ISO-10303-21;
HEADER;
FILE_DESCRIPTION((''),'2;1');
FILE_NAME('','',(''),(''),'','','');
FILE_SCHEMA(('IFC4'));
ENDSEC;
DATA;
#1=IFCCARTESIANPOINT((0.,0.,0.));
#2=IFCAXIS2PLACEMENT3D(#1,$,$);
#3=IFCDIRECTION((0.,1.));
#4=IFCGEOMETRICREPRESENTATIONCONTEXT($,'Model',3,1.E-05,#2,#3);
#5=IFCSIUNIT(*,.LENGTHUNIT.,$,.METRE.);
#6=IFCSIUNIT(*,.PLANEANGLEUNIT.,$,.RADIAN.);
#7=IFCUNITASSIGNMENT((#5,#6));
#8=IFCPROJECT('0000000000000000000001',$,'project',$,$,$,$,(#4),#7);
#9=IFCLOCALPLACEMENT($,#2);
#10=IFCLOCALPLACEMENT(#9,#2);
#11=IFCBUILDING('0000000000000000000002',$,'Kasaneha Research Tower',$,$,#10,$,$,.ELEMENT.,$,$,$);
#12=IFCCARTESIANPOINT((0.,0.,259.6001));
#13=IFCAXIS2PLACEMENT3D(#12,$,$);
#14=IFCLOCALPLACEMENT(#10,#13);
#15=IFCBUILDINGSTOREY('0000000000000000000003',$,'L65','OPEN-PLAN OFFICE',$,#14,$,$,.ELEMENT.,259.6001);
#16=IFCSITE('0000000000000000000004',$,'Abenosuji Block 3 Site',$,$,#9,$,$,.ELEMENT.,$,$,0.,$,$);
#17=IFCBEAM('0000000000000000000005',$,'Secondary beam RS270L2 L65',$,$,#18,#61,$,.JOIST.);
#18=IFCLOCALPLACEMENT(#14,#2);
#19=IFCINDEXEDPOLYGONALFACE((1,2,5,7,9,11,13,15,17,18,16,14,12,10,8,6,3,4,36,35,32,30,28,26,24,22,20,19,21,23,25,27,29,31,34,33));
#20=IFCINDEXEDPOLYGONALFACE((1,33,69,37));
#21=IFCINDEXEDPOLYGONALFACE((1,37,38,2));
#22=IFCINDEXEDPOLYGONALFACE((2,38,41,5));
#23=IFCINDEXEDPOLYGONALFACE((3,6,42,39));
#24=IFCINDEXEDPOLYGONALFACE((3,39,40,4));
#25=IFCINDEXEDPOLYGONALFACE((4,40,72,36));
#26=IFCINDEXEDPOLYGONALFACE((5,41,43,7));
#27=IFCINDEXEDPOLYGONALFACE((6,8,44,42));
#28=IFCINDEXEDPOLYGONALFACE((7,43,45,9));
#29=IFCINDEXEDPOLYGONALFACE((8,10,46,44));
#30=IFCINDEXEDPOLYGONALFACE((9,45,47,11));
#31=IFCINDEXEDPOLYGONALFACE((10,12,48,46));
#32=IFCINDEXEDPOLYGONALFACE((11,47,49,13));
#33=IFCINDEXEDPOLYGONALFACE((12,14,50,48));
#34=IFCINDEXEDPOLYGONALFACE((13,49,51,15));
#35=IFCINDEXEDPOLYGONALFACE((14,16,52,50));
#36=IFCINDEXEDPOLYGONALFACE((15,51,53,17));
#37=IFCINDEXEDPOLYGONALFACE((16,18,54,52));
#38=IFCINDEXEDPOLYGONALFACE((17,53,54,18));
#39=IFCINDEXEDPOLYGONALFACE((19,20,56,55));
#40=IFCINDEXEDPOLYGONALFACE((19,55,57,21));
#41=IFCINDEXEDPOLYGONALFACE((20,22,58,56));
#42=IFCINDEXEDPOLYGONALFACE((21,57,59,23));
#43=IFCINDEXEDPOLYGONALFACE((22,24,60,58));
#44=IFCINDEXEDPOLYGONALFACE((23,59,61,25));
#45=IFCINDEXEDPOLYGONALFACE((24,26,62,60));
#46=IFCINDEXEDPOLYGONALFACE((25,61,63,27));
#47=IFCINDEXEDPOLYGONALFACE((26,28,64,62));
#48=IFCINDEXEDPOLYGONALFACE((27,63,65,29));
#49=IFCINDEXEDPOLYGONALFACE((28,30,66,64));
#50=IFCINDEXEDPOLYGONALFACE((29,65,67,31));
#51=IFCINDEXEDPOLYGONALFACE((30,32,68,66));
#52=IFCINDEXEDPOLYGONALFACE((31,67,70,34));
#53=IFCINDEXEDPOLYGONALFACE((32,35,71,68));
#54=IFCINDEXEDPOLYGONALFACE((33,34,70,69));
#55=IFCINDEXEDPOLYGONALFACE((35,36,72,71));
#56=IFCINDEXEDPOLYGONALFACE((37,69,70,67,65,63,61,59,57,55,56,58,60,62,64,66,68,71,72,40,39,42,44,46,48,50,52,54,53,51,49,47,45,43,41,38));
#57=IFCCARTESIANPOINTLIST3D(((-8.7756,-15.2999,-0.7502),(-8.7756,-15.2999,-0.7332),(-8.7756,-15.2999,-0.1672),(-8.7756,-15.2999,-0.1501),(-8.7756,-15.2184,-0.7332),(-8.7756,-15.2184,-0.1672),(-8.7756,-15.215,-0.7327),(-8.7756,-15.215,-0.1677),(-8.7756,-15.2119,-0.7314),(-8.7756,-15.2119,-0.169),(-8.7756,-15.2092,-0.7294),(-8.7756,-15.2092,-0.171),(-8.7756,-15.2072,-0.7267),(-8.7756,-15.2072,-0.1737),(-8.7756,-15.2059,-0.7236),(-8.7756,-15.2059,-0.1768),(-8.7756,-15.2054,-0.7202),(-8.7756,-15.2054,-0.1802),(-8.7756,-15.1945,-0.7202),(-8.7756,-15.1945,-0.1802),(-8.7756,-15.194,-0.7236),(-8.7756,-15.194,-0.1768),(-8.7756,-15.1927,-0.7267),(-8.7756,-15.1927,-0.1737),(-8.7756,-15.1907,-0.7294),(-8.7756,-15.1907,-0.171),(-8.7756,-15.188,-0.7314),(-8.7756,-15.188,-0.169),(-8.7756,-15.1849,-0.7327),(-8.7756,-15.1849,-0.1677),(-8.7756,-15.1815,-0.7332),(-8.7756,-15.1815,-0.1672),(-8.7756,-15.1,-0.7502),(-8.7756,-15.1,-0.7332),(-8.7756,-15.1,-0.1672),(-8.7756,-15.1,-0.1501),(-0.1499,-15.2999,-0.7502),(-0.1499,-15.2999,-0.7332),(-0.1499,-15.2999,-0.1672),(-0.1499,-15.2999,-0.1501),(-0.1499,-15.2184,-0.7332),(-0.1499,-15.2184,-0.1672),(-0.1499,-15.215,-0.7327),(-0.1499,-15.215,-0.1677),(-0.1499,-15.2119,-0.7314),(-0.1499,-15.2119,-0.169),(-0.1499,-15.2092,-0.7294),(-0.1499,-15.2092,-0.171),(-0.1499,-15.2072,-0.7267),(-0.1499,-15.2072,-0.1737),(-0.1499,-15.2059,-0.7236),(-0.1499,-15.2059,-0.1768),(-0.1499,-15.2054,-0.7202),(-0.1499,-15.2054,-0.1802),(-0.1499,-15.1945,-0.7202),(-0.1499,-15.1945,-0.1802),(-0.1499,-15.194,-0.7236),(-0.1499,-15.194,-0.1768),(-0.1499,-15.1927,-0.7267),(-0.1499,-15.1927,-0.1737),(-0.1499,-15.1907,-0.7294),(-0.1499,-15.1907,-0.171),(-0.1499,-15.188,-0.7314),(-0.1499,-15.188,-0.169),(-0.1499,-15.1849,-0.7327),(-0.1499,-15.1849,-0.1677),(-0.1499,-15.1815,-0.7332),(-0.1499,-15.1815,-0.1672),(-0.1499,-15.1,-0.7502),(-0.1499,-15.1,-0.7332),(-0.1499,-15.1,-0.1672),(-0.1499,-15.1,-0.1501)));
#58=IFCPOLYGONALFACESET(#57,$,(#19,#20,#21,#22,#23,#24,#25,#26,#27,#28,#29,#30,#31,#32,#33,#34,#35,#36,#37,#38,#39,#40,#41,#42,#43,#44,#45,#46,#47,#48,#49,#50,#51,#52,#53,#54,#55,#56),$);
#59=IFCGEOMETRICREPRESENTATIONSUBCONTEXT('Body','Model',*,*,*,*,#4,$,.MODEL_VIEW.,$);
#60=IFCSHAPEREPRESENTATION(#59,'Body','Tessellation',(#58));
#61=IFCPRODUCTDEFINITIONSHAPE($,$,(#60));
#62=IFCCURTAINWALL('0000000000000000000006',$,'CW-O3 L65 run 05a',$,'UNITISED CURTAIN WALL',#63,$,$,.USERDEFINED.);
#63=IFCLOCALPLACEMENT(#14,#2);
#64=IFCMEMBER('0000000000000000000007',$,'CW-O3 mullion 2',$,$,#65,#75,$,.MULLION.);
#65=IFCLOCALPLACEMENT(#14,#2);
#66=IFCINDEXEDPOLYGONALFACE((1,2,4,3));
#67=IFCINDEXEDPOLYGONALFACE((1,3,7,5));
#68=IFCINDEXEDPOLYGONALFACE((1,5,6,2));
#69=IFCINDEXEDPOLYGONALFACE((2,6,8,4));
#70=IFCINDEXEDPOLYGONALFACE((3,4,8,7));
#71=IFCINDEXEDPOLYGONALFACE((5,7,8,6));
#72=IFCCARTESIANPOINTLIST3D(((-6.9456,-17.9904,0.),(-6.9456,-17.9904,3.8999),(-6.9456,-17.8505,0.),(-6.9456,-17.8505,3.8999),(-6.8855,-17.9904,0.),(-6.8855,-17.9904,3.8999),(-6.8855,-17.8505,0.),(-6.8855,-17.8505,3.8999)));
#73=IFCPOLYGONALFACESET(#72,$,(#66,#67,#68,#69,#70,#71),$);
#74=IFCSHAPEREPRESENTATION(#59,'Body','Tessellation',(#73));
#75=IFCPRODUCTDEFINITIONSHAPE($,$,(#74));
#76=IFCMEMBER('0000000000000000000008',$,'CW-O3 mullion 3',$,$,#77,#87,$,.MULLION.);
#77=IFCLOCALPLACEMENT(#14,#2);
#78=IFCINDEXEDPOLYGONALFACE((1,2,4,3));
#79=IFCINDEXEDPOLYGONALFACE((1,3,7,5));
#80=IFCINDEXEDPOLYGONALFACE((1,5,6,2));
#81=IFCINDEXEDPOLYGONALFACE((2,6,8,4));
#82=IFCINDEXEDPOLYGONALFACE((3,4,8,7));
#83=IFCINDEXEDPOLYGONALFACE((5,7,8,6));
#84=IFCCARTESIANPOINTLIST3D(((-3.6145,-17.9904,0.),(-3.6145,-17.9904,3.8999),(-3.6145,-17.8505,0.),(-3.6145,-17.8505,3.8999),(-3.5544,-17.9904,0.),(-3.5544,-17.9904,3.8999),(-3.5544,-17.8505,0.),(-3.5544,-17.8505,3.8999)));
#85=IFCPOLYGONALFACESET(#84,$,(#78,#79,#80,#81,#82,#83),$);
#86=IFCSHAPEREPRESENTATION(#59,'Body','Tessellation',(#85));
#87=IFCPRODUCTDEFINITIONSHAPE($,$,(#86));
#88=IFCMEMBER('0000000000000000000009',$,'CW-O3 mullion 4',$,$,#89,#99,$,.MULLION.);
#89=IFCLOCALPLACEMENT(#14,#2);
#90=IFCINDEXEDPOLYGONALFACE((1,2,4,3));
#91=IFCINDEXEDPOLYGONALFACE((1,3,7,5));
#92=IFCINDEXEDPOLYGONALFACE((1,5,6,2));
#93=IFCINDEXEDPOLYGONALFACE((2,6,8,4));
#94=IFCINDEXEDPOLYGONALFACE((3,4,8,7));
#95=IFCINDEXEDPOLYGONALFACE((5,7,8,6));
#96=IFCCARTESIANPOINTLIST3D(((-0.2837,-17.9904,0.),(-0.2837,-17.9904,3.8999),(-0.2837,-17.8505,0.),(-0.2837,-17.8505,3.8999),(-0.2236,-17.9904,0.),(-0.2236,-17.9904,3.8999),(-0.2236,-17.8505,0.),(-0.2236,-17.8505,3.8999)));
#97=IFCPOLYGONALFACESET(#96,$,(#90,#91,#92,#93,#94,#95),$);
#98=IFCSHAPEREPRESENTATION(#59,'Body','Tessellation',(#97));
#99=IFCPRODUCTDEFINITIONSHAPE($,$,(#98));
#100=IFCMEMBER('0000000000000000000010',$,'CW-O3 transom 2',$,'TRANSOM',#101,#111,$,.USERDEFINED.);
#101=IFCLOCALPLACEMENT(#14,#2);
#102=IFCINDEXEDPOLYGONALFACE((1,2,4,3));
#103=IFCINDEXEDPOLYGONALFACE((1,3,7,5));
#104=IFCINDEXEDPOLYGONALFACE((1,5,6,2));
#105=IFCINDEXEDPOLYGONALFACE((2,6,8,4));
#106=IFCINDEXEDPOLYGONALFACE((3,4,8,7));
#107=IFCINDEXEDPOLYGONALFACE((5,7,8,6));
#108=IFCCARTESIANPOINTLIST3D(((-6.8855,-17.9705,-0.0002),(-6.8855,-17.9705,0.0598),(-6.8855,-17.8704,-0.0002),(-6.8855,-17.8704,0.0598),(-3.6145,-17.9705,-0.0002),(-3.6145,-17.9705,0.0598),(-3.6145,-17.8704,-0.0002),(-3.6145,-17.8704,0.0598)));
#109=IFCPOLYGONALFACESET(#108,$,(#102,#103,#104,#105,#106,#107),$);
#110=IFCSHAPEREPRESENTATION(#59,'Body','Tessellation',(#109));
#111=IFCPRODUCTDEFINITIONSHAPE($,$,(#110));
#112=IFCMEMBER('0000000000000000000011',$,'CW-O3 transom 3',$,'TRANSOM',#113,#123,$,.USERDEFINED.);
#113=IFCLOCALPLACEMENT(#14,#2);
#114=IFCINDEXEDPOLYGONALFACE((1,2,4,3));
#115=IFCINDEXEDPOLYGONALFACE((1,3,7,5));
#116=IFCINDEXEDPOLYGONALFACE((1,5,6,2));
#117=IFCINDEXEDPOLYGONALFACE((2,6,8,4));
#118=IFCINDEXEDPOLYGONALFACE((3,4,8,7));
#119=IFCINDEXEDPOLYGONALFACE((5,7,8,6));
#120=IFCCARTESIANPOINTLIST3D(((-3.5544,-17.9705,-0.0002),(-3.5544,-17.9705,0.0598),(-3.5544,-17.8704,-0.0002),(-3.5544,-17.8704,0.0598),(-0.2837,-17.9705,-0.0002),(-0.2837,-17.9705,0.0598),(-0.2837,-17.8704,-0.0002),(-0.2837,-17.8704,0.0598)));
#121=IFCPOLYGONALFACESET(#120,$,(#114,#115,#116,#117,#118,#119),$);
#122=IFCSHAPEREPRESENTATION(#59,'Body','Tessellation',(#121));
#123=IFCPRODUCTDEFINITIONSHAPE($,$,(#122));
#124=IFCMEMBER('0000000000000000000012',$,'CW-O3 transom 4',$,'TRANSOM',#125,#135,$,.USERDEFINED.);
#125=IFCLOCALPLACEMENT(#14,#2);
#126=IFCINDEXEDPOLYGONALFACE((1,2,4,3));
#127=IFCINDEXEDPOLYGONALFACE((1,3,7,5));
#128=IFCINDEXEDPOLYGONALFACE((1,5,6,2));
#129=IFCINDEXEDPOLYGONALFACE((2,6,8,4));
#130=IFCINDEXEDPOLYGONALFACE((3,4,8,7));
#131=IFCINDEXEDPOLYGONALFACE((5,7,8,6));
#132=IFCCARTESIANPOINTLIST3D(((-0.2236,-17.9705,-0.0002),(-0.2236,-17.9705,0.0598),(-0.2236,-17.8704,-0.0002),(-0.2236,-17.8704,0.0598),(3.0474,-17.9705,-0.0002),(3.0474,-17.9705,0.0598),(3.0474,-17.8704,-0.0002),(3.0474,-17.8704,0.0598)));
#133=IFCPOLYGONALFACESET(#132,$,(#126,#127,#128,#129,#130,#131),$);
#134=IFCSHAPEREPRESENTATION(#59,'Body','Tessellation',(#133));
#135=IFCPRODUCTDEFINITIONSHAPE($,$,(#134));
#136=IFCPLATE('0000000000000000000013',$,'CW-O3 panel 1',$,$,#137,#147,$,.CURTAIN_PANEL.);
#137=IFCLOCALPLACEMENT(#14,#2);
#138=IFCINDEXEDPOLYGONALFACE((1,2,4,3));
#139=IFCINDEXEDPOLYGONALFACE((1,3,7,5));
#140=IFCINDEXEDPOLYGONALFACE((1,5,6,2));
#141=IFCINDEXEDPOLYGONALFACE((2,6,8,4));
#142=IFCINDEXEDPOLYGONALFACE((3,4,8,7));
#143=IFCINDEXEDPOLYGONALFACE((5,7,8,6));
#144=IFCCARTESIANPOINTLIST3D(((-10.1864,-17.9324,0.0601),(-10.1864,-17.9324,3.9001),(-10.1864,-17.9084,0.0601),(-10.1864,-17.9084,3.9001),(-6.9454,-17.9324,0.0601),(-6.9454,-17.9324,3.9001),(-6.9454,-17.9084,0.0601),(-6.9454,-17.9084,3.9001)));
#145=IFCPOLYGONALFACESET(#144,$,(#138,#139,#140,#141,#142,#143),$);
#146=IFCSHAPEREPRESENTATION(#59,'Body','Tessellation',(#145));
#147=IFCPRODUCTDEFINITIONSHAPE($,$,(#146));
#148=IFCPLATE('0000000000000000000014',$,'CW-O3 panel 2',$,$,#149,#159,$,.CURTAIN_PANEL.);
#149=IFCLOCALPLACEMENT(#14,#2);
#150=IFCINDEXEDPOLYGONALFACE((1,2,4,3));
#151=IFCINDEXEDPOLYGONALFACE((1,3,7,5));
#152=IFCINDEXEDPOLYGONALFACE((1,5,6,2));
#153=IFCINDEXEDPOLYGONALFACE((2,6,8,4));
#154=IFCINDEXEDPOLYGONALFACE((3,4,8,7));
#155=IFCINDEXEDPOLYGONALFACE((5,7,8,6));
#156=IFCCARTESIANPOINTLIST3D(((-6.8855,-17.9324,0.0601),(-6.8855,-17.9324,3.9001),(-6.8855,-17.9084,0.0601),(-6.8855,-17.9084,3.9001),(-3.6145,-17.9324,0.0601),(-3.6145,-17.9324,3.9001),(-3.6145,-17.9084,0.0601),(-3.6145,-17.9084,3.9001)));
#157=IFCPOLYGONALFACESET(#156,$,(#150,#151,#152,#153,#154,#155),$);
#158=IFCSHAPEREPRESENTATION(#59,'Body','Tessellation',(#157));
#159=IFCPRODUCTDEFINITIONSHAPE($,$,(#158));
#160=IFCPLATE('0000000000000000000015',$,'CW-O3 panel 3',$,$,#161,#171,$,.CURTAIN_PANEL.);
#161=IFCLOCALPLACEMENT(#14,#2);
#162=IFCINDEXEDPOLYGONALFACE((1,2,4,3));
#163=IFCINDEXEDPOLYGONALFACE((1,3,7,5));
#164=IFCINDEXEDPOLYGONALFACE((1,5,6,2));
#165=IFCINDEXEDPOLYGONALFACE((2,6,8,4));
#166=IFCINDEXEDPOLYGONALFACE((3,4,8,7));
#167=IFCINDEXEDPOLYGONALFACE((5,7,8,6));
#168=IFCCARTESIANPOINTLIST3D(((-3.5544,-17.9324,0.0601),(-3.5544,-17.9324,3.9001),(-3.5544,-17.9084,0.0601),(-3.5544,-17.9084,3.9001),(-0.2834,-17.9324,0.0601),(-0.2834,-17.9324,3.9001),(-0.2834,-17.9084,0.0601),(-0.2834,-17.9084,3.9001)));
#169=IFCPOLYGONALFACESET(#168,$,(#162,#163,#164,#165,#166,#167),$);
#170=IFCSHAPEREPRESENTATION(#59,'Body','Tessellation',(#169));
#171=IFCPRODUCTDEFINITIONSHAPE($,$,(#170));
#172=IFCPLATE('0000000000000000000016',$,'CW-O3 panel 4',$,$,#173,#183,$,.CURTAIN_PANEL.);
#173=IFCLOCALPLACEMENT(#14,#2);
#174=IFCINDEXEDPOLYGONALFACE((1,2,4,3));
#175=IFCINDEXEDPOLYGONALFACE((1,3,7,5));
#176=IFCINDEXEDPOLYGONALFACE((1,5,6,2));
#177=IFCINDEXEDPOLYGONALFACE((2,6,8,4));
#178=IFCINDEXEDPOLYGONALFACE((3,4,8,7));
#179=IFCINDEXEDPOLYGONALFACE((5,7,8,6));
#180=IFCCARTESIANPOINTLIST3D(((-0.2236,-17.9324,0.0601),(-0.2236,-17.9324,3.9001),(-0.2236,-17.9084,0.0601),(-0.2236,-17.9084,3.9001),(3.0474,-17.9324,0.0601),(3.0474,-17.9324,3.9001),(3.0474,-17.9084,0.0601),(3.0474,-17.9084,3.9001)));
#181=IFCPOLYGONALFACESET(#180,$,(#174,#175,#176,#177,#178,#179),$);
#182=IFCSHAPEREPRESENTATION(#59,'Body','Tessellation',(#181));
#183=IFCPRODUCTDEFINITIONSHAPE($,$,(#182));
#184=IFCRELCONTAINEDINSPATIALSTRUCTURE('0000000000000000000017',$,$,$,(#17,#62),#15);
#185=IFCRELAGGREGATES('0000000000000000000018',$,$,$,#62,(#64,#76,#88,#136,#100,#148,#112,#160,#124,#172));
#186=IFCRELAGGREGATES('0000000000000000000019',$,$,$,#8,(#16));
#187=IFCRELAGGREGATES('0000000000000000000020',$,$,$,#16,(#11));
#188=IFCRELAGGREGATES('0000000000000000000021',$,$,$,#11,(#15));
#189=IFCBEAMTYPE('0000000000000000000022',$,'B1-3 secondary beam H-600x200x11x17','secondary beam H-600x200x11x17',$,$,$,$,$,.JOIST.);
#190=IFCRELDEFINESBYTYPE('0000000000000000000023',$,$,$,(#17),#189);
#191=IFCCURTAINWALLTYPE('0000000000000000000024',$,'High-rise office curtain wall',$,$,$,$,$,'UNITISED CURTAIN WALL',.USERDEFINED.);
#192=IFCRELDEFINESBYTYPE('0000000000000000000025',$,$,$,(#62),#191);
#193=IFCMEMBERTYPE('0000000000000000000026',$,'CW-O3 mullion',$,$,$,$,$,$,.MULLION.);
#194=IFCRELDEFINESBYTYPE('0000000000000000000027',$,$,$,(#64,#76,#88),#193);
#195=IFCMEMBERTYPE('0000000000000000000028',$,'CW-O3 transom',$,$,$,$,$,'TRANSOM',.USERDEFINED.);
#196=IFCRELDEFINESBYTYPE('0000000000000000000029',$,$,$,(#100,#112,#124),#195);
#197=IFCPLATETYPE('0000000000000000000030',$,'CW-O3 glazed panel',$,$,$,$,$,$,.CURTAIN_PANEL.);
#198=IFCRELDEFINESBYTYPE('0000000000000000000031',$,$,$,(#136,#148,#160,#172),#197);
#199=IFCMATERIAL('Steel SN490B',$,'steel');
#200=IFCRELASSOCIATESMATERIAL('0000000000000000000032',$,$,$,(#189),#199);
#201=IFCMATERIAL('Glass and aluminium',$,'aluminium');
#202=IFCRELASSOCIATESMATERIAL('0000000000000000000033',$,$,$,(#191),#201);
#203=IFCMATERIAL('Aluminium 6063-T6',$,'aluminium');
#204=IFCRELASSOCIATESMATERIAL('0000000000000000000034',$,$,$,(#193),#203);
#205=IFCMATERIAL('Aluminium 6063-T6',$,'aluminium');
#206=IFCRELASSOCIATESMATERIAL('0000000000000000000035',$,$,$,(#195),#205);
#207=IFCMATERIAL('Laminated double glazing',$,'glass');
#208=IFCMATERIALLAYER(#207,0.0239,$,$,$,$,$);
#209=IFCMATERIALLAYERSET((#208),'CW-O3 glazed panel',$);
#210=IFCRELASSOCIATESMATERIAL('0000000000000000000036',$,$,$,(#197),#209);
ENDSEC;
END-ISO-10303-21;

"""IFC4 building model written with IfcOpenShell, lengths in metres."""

from ifc_helpers import new_model, si_unit, direction, frame, origin, origin_2d, place, context, subcontext, project, spatial, rectangle, i_section, extrude, material, layer, layer_set, material_profile, profile_set, type_object, element, aggregate, save


model = new_model("IFC4")

# Units and contexts
model_context = context("Model", 3, precision=1e-05, world=origin(), true_north=direction((0.0, 1.0)))
body_context = subcontext(model_context, "Body", "Model", "MODEL_VIEW")
ifc_project = project(units=[si_unit("LENGTHUNIT", "METRE"), si_unit("PLANEANGLEUNIT", "RADIAN")], contexts=[model_context])

# Site, building, storey
site_placement = place(None, origin())
site = spatial("IfcSite", under=ifc_project, at=site_placement, Name="Abenosuji Block 3 Site", CompositionType="ELEMENT", RefElevation=0.0)
building_placement = place(site_placement, origin())
building = spatial("IfcBuilding", under=site, at=building_placement, Name="Kasaneha Research Tower", CompositionType="ELEMENT")
storey_placement = place(building_placement, frame((0.0, 0.0, 259.6001)))
storey = spatial("IfcBuildingStorey", under=building, at=storey_placement, Name="L65", Description="OPEN-PLAN OFFICE", CompositionType="ELEMENT", Elevation=259.6001)

# Beam
ifc_material_1 = material(Name="Steel SN490B", Category="steel")
ifc_material_profile_1 = material_profile(ifc_material_1, i_section(OverallWidth=0.2, OverallDepth=0.6001, WebThickness=0.011, FlangeThickness=0.0171, FilletRadius=0.0129, at=origin_2d()), Name="H-600x200x11x17")
ifc_profile_set_1 = profile_set([ifc_material_profile_1], Name="Steel SN490B")
beam_type = type_object("IfcBeamType", Name="B1-3 secondary beam H-600x200x11x17", Description="secondary beam H-600x200x11x17", PredefinedType="JOIST", material=ifc_profile_set_1)
beam_1_placement = place(storey_placement, frame((-8.7756, -15.2, -0.4502), z_axis=(1.0, 0.0, 0.0), x_axis=(0.0, 1.0, 0.0)))
element("IfcBeam", 1, at=beam_1_placement, inside=storey, type_object=beam_type, Name="Secondary beam RS270L2 L65", PredefinedType="JOIST", context=body_context, shape_type="SweptSolid", body=[
    extrude(i_section(OverallWidth=0.2, OverallDepth=0.6001, WebThickness=0.011, FlangeThickness=0.0171, FilletRadius=0.0129, at=origin_2d()), origin(), (0.0, 0.0, 1.0), 8.6257),
])

# Curtain wall, members, plates
ifc_material_2 = material(Name="Glass and aluminium", Category="aluminium")
curtain_wall_type = type_object("IfcCurtainWallType", Name="High-rise office curtain wall", ElementType="UNITISED CURTAIN WALL", PredefinedType="USERDEFINED", material=ifc_material_2)
curtain_wall_placement = place(storey_placement, origin())
curtain_wall = element("IfcCurtainWall", 2, at=curtain_wall_placement, inside=storey, type_object=curtain_wall_type, Name="CW-O3 L65 run 05a", ObjectType="UNITISED CURTAIN WALL", PredefinedType="USERDEFINED")
ifc_material_3 = material(Name="Aluminium 6063-T6", Category="aluminium")
ifc_material_profile_2 = material_profile(ifc_material_3, rectangle(XDim=0.0601, YDim=0.1399, at=origin_2d()), Name="CW-O3 mullion 60x140")
ifc_profile_set_2 = profile_set([ifc_material_profile_2], Name="Aluminium 6063-T6")
member_type_1 = type_object("IfcMemberType", Name="CW-O3 mullion", PredefinedType="MULLION", material=ifc_profile_set_2)
member_1_placement = place(storey_placement, frame((-6.9155, -17.9204, 0.0), z_axis=(0.0, 0.0, 1.0), x_axis=(1.0, 0.0, 0.0)))
member_1 = element("IfcMember", 3, at=member_1_placement, type_object=member_type_1, Name="CW-O3 mullion 2", PredefinedType="MULLION", context=body_context, shape_type="SweptSolid", body=[
    extrude(rectangle(XDim=0.0601, YDim=0.1399, at=origin_2d()), origin(), (0.0, 0.0, 1.0), 3.8999),
])
member_2_placement = place(storey_placement, frame((-3.5845, -17.9204, 0.0), z_axis=(0.0, 0.0, 1.0), x_axis=(1.0, 0.0, 0.0)))
member_2 = element("IfcMember", 4, at=member_2_placement, type_object=member_type_1, Name="CW-O3 mullion 3", PredefinedType="MULLION", context=body_context, shape_type="SweptSolid", body=[
    extrude(rectangle(XDim=0.0601, YDim=0.1399, at=origin_2d()), origin(), (0.0, 0.0, 1.0), 3.8999),
])
member_3_placement = place(storey_placement, frame((-0.2537, -17.9204, 0.0), z_axis=(0.0, 0.0, 1.0), x_axis=(1.0, 0.0, 0.0)))
member_3 = element("IfcMember", 5, at=member_3_placement, type_object=member_type_1, Name="CW-O3 mullion 4", PredefinedType="MULLION", context=body_context, shape_type="SweptSolid", body=[
    extrude(rectangle(XDim=0.0601, YDim=0.1399, at=origin_2d()), origin(), (0.0, 0.0, 1.0), 3.8999),
])
ifc_material_4 = material(Name="Aluminium 6063-T6", Category="aluminium")
ifc_material_profile_3 = material_profile(ifc_material_4, rectangle(XDim=0.1001, YDim=0.0601, at=origin_2d()), Name="CW-O3 transom 100x60")
ifc_profile_set_3 = profile_set([ifc_material_profile_3], Name="Aluminium 6063-T6")
member_type_2 = type_object("IfcMemberType", Name="CW-O3 transom", ElementType="TRANSOM", PredefinedType="USERDEFINED", material=ifc_profile_set_3)
member_4_placement = place(storey_placement, frame((-6.8855, -17.9204, 0.0298), z_axis=(1.0, 0.0, 0.0), x_axis=(0.0, 1.0, 0.0)))
member_4 = element("IfcMember", 6, at=member_4_placement, type_object=member_type_2, Name="CW-O3 transom 2", ObjectType="TRANSOM", PredefinedType="USERDEFINED", context=body_context, shape_type="SweptSolid", body=[
    extrude(rectangle(XDim=0.1001, YDim=0.0601, at=origin_2d()), origin(), (0.0, 0.0, 1.0), 3.271),
])
member_5_placement = place(storey_placement, frame((-3.5544, -17.9204, 0.0298), z_axis=(1.0, 0.0, 0.0), x_axis=(0.0, 1.0, 0.0)))
member_5 = element("IfcMember", 7, at=member_5_placement, type_object=member_type_2, Name="CW-O3 transom 3", ObjectType="TRANSOM", PredefinedType="USERDEFINED", context=body_context, shape_type="SweptSolid", body=[
    extrude(rectangle(XDim=0.1001, YDim=0.0601, at=origin_2d()), origin(), (0.0, 0.0, 1.0), 3.2708),
])
member_6_placement = place(storey_placement, frame((-0.2236, -17.9204, 0.0298), z_axis=(1.0, 0.0, 0.0), x_axis=(0.0, 1.0, 0.0)))
member_6 = element("IfcMember", 8, at=member_6_placement, type_object=member_type_2, Name="CW-O3 transom 4", ObjectType="TRANSOM", PredefinedType="USERDEFINED", context=body_context, shape_type="SweptSolid", body=[
    extrude(rectangle(XDim=0.1001, YDim=0.0601, at=origin_2d()), origin(), (0.0, 0.0, 1.0), 3.271),
])
ifc_material_5 = material(Name="Laminated double glazing", Category="glass")
ifc_layer_1 = layer(ifc_material_5, 0.0239)
ifc_layer_set_1 = layer_set([ifc_layer_1], Name="CW-O3 glazed panel")
plate_type = type_object("IfcPlateType", Name="CW-O3 glazed panel", PredefinedType="CURTAIN_PANEL", material=ifc_layer_set_1)
plate_1_placement = place(storey_placement, frame((-8.5659, -17.9204, 0.0601), z_axis=(0.0, 0.0, 1.0), x_axis=(1.0, 0.0, 0.0)))
plate_1 = element("IfcPlate", 9, at=plate_1_placement, type_object=plate_type, Name="CW-O3 panel 1", PredefinedType="CURTAIN_PANEL", context=body_context, shape_type="SweptSolid", body=[
    extrude(rectangle(XDim=3.241, YDim=0.0239, at=origin_2d()), origin(), (0.0, 0.0, 1.0), 3.8401),
])
plate_2_placement = place(storey_placement, frame((-5.25, -17.9204, 0.0601), z_axis=(0.0, 0.0, 1.0), x_axis=(1.0, 0.0, 0.0)))
plate_2 = element("IfcPlate", 10, at=plate_2_placement, type_object=plate_type, Name="CW-O3 panel 2", PredefinedType="CURTAIN_PANEL", context=body_context, shape_type="SweptSolid", body=[
    extrude(rectangle(XDim=3.271, YDim=0.0239, at=origin_2d()), origin(), (0.0, 0.0, 1.0), 3.8401),
])
plate_3_placement = place(storey_placement, frame((-1.9189, -17.9204, 0.0601), z_axis=(0.0, 0.0, 1.0), x_axis=(1.0, 0.0, 0.0)))
plate_3 = element("IfcPlate", 11, at=plate_3_placement, type_object=plate_type, Name="CW-O3 panel 3", PredefinedType="CURTAIN_PANEL", context=body_context, shape_type="SweptSolid", body=[
    extrude(rectangle(XDim=3.271, YDim=0.0239, at=origin_2d()), origin(), (0.0, 0.0, 1.0), 3.8401),
])
plate_4_placement = place(storey_placement, frame((1.4119, -17.9204, 0.0601), z_axis=(0.0, 0.0, 1.0), x_axis=(1.0, 0.0, 0.0)))
plate_4 = element("IfcPlate", 12, at=plate_4_placement, type_object=plate_type, Name="CW-O3 panel 4", PredefinedType="CURTAIN_PANEL", context=body_context, shape_type="SweptSolid", body=[
    extrude(rectangle(XDim=3.271, YDim=0.0239, at=origin_2d()), origin(), (0.0, 0.0, 1.0), 3.8401),
])
aggregate(curtain_wall, [member_1, member_2, member_3, plate_1, member_4, plate_2, member_5, plate_3, member_6, plate_4])

save(model, "model.ifc")
